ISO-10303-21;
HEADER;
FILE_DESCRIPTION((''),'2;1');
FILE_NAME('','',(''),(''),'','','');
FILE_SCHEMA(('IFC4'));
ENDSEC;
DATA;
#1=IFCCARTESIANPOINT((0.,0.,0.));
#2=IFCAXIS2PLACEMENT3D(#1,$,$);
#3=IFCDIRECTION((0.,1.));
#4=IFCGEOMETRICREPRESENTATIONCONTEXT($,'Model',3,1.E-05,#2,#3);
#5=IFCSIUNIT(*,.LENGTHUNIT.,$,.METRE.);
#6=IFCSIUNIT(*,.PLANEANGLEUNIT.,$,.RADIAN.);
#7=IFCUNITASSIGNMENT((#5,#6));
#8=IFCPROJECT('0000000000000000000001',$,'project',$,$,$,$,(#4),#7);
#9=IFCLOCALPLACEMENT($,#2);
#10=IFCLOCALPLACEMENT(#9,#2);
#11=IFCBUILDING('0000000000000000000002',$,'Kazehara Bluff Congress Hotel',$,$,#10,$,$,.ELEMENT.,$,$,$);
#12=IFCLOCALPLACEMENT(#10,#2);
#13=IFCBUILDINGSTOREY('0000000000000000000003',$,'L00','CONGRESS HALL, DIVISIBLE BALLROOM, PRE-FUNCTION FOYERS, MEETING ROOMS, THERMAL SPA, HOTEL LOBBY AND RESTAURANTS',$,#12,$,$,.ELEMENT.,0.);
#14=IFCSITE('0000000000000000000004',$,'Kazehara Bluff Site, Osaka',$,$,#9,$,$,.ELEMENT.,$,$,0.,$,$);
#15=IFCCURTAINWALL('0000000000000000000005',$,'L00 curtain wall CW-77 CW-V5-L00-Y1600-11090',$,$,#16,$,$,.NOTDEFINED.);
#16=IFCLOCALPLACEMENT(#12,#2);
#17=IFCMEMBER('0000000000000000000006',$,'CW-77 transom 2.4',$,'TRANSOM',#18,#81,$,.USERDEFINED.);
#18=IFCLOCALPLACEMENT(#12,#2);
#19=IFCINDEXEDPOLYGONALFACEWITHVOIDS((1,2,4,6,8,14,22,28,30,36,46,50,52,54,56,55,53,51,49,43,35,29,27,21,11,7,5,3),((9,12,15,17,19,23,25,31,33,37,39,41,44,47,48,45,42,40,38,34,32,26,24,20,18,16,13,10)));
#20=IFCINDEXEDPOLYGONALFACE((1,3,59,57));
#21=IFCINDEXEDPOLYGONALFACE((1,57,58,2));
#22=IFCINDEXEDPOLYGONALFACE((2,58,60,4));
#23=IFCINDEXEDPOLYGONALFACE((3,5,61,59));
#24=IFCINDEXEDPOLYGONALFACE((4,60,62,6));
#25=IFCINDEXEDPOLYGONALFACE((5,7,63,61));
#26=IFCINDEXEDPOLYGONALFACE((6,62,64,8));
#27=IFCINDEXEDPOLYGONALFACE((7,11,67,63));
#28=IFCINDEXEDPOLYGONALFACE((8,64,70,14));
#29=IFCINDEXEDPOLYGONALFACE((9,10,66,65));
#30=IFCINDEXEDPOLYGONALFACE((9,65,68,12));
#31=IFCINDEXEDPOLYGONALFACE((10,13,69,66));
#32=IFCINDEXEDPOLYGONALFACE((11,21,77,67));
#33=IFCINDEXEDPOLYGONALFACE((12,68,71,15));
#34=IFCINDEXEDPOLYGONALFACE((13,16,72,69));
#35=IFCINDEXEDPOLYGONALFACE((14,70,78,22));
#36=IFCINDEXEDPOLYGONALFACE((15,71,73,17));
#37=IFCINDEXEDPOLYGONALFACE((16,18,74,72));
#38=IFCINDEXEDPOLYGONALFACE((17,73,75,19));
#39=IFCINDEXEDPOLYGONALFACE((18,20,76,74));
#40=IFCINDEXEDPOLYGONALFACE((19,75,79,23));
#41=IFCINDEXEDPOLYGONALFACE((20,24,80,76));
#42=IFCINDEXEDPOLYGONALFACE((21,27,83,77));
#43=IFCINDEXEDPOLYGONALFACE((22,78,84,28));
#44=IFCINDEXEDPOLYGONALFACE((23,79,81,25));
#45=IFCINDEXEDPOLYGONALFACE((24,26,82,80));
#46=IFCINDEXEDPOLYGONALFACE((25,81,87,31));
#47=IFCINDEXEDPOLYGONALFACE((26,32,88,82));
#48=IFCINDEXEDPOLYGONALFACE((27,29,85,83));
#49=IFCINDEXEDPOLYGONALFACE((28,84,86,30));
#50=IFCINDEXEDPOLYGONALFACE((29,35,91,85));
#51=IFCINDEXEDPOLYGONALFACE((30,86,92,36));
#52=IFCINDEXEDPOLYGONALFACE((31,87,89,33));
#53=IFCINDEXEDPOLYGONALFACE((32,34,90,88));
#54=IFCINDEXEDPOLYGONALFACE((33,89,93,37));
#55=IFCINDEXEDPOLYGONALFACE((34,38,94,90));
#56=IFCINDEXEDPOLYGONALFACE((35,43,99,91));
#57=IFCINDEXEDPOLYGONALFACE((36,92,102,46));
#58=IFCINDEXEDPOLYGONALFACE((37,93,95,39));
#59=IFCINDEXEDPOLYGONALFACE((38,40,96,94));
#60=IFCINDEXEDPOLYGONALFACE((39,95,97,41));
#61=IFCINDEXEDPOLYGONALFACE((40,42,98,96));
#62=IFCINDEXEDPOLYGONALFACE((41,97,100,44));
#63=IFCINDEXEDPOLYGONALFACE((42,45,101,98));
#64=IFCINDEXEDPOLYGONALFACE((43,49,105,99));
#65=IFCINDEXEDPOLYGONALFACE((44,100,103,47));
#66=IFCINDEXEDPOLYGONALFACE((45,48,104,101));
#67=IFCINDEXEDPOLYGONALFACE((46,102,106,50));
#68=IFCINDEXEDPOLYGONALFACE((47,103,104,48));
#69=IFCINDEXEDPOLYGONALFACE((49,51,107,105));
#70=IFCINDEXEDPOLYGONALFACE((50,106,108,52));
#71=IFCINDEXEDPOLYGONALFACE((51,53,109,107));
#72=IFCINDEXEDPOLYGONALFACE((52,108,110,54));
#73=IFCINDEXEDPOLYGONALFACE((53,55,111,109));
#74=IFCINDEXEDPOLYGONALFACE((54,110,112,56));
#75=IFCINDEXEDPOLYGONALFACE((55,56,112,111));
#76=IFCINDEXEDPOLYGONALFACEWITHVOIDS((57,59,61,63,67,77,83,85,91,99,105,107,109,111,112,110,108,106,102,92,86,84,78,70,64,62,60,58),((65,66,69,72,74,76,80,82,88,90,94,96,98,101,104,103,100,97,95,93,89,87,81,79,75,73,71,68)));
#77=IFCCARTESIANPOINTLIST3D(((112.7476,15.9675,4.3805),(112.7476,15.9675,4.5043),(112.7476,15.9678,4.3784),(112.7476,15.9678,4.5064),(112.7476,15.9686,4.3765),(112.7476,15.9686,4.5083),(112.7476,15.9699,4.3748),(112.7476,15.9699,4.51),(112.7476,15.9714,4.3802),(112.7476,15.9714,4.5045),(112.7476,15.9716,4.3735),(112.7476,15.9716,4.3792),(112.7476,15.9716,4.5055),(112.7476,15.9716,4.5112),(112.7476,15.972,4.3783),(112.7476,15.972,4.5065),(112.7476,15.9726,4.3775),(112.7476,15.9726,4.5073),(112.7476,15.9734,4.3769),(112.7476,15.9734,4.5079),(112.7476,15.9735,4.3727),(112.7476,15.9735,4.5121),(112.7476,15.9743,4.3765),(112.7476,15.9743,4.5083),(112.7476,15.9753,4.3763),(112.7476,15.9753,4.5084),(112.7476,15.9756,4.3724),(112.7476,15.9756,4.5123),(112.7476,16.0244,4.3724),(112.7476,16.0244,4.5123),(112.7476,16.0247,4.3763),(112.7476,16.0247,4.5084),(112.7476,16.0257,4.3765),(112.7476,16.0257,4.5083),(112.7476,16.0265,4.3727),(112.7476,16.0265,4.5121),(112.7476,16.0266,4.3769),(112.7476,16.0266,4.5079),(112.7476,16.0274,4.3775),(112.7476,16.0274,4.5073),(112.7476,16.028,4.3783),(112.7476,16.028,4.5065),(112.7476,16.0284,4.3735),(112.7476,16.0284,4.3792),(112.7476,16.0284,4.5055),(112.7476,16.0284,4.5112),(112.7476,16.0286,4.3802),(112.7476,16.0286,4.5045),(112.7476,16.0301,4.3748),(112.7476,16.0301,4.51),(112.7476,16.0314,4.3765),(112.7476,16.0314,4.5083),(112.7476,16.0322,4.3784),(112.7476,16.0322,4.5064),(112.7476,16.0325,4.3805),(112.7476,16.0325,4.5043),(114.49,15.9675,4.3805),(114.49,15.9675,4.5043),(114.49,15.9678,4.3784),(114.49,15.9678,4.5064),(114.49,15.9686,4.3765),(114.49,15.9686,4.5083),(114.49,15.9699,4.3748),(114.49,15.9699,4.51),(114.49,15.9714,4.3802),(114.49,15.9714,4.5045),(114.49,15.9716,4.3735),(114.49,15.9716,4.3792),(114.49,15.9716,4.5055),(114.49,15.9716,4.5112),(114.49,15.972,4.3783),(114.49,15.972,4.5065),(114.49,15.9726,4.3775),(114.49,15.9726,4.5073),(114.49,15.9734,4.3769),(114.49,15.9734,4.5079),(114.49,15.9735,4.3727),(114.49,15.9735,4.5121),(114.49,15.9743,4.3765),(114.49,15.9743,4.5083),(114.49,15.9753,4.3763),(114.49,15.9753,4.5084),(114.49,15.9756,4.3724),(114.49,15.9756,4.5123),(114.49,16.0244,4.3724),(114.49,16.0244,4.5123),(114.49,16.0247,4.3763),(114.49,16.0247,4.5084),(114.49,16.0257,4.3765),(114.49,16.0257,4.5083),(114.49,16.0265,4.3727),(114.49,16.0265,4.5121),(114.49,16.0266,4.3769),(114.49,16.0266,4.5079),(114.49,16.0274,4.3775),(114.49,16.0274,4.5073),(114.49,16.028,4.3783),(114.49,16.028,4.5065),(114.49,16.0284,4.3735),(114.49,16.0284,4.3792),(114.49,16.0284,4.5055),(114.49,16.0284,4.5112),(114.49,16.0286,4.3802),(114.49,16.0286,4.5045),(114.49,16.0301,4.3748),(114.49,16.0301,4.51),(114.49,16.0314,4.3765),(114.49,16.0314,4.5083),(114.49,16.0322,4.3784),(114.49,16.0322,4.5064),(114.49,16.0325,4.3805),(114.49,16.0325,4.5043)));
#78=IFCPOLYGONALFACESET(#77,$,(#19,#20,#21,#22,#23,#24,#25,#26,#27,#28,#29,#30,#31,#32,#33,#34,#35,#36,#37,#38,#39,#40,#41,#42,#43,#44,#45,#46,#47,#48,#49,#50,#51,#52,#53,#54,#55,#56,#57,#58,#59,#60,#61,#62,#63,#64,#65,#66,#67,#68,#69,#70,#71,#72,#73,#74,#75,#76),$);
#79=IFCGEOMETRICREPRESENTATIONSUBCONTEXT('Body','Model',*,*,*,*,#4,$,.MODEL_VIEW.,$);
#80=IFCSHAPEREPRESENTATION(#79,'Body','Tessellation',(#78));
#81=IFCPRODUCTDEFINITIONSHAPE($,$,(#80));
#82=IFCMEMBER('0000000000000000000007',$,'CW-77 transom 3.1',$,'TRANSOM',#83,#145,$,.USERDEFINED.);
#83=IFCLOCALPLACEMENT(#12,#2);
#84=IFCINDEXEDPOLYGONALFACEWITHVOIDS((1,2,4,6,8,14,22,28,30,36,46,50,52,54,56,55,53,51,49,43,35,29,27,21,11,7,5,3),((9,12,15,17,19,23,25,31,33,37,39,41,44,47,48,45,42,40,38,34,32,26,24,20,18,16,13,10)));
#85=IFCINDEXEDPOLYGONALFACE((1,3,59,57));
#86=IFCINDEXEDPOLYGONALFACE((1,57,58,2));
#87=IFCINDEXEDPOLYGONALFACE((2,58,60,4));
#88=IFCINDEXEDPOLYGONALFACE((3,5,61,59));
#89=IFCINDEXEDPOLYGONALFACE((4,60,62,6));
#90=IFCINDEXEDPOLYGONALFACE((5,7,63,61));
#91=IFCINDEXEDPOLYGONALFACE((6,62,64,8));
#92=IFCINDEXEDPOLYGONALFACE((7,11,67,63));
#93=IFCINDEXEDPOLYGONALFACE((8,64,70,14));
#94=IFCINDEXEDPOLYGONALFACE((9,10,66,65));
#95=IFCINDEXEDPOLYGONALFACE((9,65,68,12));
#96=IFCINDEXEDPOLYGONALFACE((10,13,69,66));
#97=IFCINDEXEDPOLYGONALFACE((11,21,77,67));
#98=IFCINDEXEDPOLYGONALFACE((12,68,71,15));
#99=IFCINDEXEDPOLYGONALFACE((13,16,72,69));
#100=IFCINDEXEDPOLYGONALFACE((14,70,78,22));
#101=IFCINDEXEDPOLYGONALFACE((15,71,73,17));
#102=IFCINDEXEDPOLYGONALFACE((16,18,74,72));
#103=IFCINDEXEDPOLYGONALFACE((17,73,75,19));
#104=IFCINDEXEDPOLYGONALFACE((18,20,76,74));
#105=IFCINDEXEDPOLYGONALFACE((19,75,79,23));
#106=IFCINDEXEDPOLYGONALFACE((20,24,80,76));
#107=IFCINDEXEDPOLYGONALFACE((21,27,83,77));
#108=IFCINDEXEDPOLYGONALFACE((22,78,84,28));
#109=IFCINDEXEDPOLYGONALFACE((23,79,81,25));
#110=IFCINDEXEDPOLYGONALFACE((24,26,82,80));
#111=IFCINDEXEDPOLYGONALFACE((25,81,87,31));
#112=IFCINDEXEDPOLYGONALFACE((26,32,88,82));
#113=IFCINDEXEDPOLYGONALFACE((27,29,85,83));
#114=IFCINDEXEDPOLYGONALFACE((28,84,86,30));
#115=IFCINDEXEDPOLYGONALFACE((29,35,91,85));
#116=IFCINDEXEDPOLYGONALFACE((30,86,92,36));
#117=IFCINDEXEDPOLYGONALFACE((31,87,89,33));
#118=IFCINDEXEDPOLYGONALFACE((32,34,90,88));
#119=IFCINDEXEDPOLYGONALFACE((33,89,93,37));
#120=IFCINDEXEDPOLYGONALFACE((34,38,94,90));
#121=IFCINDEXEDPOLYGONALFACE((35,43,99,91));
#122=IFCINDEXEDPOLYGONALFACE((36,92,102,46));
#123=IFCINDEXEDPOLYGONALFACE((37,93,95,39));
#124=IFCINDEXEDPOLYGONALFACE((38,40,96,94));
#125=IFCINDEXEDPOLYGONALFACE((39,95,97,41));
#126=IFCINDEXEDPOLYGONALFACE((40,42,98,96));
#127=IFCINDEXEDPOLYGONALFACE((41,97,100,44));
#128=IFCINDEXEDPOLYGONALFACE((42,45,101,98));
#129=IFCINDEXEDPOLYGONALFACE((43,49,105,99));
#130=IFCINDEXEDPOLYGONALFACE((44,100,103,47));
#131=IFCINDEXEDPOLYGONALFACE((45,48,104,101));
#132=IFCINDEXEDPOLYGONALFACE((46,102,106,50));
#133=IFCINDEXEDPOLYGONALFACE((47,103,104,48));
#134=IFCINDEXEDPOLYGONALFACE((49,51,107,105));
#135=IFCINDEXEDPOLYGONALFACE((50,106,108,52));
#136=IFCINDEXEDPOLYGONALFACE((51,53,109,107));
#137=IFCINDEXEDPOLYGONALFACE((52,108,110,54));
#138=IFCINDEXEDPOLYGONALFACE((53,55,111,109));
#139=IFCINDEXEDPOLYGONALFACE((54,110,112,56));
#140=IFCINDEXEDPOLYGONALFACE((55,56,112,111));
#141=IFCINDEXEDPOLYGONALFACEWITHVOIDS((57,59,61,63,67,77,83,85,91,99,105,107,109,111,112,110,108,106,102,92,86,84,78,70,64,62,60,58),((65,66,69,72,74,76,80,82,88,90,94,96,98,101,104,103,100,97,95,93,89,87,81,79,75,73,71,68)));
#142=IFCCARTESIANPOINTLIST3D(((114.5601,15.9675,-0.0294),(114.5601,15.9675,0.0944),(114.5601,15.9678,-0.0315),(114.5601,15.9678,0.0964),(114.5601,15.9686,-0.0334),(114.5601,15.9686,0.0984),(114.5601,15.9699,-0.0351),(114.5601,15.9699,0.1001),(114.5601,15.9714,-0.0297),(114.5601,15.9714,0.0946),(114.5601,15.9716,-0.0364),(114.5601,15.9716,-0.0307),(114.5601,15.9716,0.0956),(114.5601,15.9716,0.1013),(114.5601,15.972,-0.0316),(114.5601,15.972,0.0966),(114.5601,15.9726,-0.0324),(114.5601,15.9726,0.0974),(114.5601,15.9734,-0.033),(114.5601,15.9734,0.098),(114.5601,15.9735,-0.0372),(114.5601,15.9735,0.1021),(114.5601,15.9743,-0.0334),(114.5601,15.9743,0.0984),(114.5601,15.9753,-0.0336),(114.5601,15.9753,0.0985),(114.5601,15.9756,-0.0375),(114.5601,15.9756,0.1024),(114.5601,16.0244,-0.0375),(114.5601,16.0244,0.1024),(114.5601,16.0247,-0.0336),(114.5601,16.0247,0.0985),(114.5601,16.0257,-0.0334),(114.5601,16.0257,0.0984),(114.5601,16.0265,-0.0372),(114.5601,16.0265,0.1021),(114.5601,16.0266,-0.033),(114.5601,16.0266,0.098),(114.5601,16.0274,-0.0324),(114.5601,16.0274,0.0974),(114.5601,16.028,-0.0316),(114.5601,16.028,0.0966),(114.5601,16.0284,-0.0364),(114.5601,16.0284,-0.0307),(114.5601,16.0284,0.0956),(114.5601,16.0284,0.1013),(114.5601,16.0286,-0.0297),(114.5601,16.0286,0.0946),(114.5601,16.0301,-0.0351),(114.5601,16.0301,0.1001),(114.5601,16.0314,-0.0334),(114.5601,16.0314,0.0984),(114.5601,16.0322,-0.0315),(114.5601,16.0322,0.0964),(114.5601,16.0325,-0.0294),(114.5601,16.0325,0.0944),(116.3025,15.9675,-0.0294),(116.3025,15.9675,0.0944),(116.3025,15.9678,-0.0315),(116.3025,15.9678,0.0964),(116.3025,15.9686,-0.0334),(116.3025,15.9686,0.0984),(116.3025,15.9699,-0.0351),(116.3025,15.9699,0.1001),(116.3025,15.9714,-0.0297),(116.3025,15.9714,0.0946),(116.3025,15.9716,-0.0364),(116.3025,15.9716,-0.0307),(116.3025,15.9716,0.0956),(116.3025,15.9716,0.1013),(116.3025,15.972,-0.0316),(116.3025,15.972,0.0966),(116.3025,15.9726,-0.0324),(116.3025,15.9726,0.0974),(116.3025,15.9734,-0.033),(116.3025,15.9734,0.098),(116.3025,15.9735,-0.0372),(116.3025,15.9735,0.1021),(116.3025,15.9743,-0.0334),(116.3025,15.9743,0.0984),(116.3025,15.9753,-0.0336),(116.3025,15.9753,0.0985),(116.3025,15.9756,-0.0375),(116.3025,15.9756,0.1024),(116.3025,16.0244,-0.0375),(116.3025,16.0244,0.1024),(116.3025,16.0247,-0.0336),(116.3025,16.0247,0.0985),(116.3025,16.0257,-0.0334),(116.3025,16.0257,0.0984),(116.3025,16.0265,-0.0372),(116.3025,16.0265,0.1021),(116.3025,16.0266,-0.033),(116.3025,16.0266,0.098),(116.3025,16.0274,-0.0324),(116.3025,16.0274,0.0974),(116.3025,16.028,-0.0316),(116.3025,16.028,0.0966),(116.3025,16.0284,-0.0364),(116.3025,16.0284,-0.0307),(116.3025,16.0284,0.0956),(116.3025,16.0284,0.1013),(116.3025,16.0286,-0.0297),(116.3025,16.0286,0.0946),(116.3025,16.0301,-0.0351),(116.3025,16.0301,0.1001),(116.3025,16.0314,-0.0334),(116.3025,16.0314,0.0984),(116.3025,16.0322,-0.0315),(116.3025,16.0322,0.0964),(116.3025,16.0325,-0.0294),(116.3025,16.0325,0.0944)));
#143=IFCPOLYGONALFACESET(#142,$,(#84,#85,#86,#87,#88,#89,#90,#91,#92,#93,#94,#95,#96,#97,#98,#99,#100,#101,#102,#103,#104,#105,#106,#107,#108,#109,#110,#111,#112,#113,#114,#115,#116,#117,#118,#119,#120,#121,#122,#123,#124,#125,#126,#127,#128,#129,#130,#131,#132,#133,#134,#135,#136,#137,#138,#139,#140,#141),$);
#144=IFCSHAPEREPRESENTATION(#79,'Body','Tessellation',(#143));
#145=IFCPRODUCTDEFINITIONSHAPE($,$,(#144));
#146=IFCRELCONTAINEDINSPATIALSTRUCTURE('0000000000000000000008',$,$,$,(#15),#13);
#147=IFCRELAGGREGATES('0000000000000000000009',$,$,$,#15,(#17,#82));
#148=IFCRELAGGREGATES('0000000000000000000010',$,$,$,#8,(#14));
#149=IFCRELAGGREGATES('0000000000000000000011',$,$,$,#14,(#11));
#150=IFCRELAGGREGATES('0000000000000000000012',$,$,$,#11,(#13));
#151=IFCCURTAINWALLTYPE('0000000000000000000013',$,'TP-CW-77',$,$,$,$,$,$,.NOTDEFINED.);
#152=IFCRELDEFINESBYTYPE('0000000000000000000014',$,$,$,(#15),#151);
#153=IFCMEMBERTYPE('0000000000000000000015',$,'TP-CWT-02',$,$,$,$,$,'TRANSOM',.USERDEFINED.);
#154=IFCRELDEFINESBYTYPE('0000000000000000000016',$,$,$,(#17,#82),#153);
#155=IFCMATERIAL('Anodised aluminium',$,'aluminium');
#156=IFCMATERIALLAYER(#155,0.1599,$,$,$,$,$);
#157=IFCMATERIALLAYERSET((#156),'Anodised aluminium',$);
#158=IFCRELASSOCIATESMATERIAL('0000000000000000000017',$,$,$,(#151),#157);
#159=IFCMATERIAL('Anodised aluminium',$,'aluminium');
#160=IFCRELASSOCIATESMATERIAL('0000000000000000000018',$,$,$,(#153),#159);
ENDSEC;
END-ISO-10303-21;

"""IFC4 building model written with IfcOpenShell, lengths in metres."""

from ifc_helpers import new_model, si_unit, direction, frame, origin, origin_2d, place, context, subcontext, project, spatial, hollow_rectangle, extrude, material, layer, layer_set, material_profile, profile_set, type_object, element, aggregate, save


model = new_model("IFC4")

# Units and contexts
model_context = context("Model", 3, precision=1e-05, world=origin(), true_north=direction((0.0, 1.0)))
body_context = subcontext(model_context, "Body", "Model", "MODEL_VIEW")
ifc_project = project(units=[si_unit("LENGTHUNIT", "METRE"), si_unit("PLANEANGLEUNIT", "RADIAN")], contexts=[model_context])

# Site, building, storey
site_placement = place(None, origin())
site = spatial("IfcSite", under=ifc_project, at=site_placement, Name="Kazehara Bluff Site, Osaka", CompositionType="ELEMENT", RefElevation=0.0)
building_placement = place(site_placement, origin())
building = spatial("IfcBuilding", under=site, at=building_placement, Name="Kazehara Bluff Congress Hotel", CompositionType="ELEMENT")
storey_placement = place(building_placement, origin())
storey = spatial("IfcBuildingStorey", under=building, at=storey_placement, Name="L00", Description="CONGRESS HALL, DIVISIBLE BALLROOM, PRE-FUNCTION FOYERS, MEETING ROOMS, THERMAL SPA, HOTEL LOBBY AND RESTAURANTS", CompositionType="ELEMENT", Elevation=0.0)

# Curtain wall, members
ifc_material_1 = material(Name="Anodised aluminium", Category="aluminium")
ifc_layer_1 = layer(ifc_material_1, 0.1599)
ifc_layer_set_1 = layer_set([ifc_layer_1], Name="Anodised aluminium")
curtain_wall_type = type_object("IfcCurtainWallType", Name="TP-CW-77", PredefinedType="NOTDEFINED", material=ifc_layer_set_1)
curtain_wall_placement = place(storey_placement, origin())
curtain_wall = element("IfcCurtainWall", 1, at=curtain_wall_placement, inside=storey, type_object=curtain_wall_type, Name="L00 curtain wall CW-77 CW-V5-L00-Y1600-11090", PredefinedType="NOTDEFINED")
ifc_material_2 = material(Name="Anodised aluminium", Category="aluminium")
ifc_material_profile_1 = material_profile(ifc_material_2, hollow_rectangle(XDim=0.0649, YDim=0.1399, WallThickness=0.0039, InnerFilletRadius=0.0039, OuterFilletRadius=0.0081, at=origin_2d()))
ifc_profile_set_1 = profile_set([ifc_material_profile_1], Name="Anodised aluminium")
member_type_1 = type_object("IfcMemberType", Name="TP-CWT-02", ElementType="TRANSOM", PredefinedType="USERDEFINED", material=ifc_profile_set_1)
member_1_placement = place(storey_placement, frame((112.7476, 16.0, 4.4424), z_axis=(1.0, 0.0, 0.0), x_axis=(0.0, 1.0, 0.0)))
member_1 = element("IfcMember", 2, at=member_1_placement, type_object=member_type_1, Name="CW-77 transom 2.4", ObjectType="TRANSOM", PredefinedType="USERDEFINED", context=body_context, shape_type="SweptSolid", body=[
    extrude(hollow_rectangle(XDim=0.0649, YDim=0.1399, WallThickness=0.0039, InnerFilletRadius=0.0039, OuterFilletRadius=0.0081, at=origin_2d()), origin(), (0.0, 0.0, 1.0), 1.7424),
])
member_2_placement = place(storey_placement, frame((114.5601, 16.0, 0.0325), z_axis=(1.0, 0.0, 0.0), x_axis=(0.0, 1.0, 0.0)))
member_2 = element("IfcMember", 3, at=member_2_placement, type_object=member_type_1, Name="CW-77 transom 3.1", ObjectType="TRANSOM", PredefinedType="USERDEFINED", context=body_context, shape_type="SweptSolid", body=[
    extrude(hollow_rectangle(XDim=0.0649, YDim=0.1399, WallThickness=0.0039, InnerFilletRadius=0.0039, OuterFilletRadius=0.0081, at=origin_2d()), origin(), (0.0, 0.0, 1.0), 1.7424),
])

aggregate(curtain_wall, [member_1, member_2])

save(model, "model.ifc")
